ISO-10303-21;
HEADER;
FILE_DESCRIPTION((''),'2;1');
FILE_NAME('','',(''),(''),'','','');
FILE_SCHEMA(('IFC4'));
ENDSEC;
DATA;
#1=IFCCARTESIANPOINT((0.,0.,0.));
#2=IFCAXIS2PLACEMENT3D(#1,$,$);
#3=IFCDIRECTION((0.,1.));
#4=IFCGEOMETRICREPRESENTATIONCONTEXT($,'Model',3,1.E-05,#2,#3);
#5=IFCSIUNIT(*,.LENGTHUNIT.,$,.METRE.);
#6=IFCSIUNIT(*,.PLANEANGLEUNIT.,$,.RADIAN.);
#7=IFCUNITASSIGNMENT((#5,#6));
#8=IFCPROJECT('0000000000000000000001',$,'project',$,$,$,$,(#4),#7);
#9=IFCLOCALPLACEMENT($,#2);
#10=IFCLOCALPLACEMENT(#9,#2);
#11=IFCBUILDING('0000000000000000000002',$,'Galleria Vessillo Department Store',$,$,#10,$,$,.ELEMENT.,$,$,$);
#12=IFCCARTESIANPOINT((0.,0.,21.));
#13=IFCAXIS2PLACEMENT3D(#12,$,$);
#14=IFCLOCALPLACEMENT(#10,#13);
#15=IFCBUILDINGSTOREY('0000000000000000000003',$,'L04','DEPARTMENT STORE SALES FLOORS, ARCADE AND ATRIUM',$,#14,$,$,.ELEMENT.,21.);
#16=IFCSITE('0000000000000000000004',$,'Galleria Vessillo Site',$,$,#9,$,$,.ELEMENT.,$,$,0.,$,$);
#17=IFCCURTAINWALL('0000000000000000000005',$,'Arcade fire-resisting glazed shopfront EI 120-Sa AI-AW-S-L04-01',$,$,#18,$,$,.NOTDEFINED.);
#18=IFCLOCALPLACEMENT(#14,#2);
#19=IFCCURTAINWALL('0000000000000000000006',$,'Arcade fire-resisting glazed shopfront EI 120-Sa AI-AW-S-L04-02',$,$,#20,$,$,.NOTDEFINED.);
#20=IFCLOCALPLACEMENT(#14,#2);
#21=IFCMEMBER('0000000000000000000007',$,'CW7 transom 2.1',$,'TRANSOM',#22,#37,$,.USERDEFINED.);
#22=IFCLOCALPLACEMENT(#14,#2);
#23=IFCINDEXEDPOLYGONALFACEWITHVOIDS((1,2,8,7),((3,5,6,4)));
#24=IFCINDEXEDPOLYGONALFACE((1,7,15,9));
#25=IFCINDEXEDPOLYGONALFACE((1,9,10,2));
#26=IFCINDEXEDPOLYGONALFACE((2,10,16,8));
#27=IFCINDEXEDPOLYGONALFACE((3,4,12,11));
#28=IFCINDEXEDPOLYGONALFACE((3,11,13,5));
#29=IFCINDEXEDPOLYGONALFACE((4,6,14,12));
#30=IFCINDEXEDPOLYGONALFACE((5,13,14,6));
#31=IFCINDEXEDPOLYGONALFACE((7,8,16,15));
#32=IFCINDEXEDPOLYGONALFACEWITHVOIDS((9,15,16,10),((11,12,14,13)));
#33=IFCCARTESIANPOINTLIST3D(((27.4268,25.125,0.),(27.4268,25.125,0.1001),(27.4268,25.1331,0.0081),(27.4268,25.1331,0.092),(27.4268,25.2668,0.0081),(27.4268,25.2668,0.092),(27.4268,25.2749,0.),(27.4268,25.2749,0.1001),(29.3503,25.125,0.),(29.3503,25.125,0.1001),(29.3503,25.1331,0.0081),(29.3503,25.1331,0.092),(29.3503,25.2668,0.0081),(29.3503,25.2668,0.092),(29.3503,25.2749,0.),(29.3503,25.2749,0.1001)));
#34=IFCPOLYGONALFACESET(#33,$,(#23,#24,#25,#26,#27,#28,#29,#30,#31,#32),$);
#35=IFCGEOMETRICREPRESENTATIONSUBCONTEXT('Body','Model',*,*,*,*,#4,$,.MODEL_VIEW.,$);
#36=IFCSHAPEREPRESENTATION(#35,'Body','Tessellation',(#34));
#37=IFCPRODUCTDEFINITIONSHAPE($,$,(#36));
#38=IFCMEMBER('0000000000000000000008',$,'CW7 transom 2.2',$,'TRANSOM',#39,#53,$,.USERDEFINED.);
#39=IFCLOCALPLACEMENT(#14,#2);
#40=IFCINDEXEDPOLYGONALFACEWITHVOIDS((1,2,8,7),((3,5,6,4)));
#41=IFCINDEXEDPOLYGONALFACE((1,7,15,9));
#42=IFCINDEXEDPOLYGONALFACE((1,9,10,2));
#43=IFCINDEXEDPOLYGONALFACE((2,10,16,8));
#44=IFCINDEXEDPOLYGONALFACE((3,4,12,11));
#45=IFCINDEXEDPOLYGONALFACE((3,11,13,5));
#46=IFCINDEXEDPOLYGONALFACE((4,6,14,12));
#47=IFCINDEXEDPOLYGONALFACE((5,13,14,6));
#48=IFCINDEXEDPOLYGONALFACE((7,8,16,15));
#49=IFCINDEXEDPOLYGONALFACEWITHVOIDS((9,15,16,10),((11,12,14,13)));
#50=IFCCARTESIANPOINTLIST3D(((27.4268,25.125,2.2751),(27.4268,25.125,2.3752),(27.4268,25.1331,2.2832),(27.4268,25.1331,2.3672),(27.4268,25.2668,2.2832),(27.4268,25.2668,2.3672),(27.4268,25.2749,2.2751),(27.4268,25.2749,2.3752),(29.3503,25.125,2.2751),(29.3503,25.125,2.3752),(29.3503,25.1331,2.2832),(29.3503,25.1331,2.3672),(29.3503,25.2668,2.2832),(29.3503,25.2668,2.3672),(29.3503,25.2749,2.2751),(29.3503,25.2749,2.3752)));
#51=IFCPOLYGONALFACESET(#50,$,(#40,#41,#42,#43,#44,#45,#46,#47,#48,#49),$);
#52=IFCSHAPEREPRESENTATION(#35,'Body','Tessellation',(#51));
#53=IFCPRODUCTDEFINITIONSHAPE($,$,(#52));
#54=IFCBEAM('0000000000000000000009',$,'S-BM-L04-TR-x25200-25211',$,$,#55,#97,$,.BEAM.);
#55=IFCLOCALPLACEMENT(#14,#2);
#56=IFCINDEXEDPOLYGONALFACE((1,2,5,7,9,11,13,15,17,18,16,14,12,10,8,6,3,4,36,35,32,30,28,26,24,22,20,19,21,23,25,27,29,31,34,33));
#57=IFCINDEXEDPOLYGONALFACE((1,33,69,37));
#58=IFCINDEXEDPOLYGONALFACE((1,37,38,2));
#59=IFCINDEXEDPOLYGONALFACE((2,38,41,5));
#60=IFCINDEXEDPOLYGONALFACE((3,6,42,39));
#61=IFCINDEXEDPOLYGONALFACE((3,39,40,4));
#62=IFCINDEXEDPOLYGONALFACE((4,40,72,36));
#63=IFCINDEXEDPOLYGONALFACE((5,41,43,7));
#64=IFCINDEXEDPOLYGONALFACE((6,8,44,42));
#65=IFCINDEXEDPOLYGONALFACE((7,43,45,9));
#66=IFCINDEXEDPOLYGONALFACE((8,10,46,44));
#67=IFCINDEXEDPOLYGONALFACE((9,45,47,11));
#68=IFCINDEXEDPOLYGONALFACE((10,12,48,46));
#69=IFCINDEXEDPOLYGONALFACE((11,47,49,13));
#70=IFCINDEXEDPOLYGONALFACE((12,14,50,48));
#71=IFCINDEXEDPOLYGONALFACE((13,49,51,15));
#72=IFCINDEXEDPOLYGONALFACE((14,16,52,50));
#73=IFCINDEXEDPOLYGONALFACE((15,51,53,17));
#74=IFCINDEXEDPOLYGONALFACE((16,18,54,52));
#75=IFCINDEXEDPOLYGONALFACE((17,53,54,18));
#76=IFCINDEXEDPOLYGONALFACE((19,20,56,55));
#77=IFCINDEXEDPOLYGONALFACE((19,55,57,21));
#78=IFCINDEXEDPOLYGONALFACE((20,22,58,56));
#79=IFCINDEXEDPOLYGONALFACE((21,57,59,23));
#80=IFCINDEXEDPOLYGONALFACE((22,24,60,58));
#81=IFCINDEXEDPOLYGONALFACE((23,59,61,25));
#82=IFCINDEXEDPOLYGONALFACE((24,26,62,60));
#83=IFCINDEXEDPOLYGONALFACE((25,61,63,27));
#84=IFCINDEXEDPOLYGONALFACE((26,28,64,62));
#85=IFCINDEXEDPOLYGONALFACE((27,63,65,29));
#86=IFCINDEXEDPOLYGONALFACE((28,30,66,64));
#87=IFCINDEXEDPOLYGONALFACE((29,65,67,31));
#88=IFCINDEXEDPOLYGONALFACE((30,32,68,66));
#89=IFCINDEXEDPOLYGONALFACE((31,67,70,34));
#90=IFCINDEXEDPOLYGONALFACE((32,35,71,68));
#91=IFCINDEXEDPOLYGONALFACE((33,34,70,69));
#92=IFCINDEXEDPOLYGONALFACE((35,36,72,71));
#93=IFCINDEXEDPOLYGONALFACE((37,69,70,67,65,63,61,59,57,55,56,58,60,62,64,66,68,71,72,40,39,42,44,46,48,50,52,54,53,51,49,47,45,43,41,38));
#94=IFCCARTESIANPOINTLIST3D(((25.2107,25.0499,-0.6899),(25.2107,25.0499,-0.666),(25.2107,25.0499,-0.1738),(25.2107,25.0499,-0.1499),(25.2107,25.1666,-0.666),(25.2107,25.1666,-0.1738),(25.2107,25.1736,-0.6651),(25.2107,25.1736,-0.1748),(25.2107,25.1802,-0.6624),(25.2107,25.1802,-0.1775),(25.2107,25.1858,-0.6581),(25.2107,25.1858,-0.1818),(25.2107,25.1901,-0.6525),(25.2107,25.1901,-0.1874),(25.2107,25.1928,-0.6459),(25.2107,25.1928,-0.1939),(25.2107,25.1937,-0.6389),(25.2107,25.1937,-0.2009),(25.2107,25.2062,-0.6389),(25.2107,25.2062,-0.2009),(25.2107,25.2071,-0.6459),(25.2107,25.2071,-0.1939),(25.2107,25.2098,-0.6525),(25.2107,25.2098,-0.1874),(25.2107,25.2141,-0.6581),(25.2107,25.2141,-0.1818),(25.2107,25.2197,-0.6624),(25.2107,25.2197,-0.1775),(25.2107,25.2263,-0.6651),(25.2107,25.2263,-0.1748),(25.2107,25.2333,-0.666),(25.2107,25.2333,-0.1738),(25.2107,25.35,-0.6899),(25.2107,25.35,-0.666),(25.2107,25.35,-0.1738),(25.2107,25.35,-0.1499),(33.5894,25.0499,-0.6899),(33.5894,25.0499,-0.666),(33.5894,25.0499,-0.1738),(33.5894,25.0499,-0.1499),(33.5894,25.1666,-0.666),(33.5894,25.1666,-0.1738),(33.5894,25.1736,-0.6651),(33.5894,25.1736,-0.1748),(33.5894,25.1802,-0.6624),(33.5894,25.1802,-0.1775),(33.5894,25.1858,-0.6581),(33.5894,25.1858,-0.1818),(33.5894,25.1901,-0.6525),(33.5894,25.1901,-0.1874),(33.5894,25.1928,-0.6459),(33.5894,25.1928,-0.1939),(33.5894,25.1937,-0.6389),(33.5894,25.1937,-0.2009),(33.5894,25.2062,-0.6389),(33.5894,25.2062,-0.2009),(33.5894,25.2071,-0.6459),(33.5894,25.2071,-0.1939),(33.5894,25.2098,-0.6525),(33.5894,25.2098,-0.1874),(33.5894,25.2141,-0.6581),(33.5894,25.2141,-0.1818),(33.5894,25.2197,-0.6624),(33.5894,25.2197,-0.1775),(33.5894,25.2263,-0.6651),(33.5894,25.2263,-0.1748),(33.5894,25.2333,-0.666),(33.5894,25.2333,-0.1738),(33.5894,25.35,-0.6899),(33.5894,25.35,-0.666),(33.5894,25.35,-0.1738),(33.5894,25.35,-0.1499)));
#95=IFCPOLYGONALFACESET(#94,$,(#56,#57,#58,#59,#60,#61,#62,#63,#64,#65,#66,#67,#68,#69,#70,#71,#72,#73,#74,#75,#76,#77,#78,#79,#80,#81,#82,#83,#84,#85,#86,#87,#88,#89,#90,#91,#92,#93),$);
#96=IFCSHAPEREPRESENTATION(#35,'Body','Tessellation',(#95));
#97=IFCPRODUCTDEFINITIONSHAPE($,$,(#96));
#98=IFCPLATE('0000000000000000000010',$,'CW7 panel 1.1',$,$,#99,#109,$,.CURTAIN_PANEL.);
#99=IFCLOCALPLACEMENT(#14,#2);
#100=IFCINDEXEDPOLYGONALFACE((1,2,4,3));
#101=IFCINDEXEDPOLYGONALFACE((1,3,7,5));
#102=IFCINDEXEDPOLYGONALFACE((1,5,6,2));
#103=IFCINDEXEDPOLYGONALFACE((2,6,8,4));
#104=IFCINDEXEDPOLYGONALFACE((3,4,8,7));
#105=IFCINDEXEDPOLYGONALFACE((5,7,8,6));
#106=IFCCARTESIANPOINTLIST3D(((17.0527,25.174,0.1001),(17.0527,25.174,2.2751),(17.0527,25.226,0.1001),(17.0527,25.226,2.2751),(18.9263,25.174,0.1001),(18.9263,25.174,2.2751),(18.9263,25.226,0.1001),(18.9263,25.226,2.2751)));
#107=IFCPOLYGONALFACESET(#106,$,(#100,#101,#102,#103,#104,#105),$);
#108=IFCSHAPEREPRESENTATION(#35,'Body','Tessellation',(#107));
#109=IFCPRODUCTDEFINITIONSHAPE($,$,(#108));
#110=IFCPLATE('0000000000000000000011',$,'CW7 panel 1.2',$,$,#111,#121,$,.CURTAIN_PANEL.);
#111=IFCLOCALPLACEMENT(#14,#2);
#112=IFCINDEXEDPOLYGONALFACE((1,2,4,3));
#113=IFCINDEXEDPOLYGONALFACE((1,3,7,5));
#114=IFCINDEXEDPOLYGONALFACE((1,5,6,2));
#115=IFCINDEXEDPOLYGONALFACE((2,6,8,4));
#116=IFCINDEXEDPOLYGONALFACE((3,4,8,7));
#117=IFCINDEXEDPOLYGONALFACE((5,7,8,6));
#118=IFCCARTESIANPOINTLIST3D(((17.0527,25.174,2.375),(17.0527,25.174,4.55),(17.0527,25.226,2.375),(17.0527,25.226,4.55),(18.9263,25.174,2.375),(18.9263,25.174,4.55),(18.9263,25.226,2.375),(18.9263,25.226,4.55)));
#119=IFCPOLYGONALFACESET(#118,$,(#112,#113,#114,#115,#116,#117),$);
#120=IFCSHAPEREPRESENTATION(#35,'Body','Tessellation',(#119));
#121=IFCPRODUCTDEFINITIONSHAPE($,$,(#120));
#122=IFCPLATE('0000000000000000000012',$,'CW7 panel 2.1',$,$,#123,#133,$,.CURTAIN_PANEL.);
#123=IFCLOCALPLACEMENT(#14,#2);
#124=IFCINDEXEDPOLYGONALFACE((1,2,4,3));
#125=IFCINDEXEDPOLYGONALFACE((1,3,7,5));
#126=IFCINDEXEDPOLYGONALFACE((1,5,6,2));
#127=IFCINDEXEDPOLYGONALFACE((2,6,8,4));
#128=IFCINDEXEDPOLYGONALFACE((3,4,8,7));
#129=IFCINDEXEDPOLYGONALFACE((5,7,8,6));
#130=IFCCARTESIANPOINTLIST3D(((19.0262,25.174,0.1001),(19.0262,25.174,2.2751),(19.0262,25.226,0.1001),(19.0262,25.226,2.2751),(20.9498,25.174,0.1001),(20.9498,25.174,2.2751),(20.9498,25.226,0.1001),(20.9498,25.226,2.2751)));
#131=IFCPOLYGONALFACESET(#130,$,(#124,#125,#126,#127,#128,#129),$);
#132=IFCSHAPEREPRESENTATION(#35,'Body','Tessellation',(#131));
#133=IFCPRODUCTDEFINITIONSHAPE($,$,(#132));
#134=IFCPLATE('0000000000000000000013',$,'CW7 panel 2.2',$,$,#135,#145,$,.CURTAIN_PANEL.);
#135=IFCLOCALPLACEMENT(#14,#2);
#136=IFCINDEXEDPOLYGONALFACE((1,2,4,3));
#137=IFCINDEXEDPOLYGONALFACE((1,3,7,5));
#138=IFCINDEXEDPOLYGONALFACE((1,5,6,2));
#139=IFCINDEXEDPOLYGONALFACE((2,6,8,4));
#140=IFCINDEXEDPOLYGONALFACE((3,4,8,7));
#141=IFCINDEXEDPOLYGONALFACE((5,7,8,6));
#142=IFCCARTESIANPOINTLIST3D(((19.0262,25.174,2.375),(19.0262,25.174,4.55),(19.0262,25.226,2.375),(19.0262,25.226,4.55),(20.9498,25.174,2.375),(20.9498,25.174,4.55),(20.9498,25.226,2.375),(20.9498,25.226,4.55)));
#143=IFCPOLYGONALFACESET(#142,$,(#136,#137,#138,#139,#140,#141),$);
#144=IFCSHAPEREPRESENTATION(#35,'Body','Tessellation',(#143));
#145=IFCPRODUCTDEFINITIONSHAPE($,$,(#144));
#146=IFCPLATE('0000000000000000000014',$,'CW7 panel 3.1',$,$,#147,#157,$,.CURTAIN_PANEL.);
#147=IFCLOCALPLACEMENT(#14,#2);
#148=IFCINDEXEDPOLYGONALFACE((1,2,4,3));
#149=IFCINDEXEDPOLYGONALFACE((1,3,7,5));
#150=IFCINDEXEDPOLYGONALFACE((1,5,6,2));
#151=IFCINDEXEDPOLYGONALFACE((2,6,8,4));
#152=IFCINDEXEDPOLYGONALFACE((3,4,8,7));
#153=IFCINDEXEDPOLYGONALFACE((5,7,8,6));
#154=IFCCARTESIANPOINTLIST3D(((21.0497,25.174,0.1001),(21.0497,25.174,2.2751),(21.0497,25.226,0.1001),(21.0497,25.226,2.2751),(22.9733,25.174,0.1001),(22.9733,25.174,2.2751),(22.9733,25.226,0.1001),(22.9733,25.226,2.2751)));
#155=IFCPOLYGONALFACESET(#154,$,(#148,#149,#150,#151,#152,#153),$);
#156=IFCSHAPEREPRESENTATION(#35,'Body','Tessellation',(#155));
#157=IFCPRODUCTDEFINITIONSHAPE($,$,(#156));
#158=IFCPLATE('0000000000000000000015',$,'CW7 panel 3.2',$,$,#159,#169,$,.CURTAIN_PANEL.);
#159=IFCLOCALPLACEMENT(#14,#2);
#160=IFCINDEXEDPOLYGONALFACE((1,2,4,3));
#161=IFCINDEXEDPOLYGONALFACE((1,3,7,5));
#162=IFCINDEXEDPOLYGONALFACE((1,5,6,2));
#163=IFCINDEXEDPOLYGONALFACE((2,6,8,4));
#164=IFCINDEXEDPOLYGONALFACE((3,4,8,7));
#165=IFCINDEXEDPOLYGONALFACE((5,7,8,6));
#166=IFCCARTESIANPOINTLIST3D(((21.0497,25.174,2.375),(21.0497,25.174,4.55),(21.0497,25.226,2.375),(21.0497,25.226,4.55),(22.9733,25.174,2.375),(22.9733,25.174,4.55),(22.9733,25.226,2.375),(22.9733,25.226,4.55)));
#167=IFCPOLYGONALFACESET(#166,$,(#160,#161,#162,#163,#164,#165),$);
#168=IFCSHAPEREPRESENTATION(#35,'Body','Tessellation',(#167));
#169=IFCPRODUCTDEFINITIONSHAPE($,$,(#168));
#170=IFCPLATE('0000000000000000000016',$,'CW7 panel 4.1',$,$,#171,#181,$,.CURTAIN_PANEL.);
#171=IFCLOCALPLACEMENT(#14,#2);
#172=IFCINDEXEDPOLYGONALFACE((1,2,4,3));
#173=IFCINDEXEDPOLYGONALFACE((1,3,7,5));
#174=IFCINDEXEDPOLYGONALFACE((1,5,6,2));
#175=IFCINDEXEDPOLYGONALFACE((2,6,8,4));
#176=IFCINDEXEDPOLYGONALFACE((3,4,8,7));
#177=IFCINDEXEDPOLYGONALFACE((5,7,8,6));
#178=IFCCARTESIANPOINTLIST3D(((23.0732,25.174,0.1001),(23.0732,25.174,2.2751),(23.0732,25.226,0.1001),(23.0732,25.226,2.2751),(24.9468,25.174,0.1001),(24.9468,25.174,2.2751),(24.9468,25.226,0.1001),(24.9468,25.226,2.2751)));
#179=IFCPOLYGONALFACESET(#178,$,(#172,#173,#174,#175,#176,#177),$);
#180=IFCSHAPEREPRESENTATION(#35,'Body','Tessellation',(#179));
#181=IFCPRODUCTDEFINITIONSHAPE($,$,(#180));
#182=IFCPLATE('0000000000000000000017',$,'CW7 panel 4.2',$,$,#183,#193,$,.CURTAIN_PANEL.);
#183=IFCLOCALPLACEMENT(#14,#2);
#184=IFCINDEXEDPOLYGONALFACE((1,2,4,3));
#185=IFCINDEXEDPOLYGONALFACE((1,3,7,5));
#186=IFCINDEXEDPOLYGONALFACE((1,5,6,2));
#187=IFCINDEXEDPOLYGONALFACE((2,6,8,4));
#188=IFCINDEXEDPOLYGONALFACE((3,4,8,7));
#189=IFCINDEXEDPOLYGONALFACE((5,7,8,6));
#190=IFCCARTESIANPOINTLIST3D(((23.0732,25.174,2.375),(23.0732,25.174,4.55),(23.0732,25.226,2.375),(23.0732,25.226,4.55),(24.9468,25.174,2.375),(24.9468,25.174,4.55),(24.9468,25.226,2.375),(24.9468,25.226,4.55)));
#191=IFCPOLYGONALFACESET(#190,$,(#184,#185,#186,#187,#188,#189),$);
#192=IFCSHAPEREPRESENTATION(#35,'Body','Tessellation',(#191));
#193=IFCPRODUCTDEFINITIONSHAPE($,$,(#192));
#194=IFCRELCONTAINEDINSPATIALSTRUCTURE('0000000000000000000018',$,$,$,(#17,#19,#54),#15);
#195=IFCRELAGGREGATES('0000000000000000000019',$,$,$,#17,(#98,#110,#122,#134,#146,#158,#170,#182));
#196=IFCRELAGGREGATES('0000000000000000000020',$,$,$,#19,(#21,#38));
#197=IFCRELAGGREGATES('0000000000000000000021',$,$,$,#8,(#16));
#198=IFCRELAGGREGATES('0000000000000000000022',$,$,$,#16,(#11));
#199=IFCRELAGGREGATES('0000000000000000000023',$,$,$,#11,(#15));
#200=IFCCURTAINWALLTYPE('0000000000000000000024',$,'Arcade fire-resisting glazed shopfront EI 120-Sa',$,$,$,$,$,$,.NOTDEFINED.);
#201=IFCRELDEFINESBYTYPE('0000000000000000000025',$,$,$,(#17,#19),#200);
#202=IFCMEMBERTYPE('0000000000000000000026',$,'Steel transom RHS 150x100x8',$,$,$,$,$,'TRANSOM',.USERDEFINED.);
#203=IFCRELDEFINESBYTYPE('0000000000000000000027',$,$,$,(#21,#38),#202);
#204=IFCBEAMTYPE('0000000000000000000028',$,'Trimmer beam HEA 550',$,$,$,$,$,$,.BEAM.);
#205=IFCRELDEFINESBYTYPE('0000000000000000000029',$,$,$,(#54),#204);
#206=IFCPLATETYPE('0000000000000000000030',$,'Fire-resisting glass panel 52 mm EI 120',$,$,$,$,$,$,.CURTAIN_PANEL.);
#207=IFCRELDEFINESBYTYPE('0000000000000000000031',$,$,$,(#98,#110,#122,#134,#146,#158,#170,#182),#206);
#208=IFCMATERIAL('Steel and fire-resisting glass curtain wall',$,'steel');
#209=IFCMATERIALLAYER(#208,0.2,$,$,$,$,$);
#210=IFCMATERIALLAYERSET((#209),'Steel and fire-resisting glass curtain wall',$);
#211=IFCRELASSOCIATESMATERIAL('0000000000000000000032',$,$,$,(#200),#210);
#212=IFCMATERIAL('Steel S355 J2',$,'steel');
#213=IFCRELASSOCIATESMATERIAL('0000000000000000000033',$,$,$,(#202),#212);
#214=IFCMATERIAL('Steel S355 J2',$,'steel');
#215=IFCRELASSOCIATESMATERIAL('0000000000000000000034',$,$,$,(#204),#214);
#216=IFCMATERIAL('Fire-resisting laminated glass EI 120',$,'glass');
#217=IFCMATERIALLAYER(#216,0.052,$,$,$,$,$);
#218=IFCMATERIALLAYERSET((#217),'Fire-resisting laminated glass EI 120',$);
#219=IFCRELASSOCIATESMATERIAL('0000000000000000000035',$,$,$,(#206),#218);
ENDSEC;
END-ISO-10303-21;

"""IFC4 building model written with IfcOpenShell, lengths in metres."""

from ifc_helpers import new_model, si_unit, direction, frame, origin, origin_2d, place, context, subcontext, project, spatial, rectangle, hollow_rectangle, i_section, extrude, material, layer, layer_set, material_profile, profile_set, type_object, element, aggregate, save


model = new_model("IFC4")

# Units and contexts
model_context = context("Model", 3, precision=1e-05, world=origin(), true_north=direction((0.0, 1.0)))
body_context = subcontext(model_context, "Body", "Model", "MODEL_VIEW")
ifc_project = project(units=[si_unit("LENGTHUNIT", "METRE"), si_unit("PLANEANGLEUNIT", "RADIAN")], contexts=[model_context])

# Site, building, storey
site_placement = place(None, origin())
site = spatial("IfcSite", under=ifc_project, at=site_placement, Name="Galleria Vessillo Site", CompositionType="ELEMENT", RefElevation=0.0)
building_placement = place(site_placement, origin())
building = spatial("IfcBuilding", under=site, at=building_placement, Name="Galleria Vessillo Department Store", CompositionType="ELEMENT")
storey_placement = place(building_placement, frame((0.0, 0.0, 21.0)))
storey = spatial("IfcBuildingStorey", under=building, at=storey_placement, Name="L04", Description="DEPARTMENT STORE SALES FLOORS, ARCADE AND ATRIUM", CompositionType="ELEMENT", Elevation=21.0)

# Curtain walls
ifc_material_1 = material(Name="Steel and fire-resisting glass curtain wall", Category="steel")
ifc_layer_1 = layer(ifc_material_1, 0.2)
ifc_layer_set_1 = layer_set([ifc_layer_1], Name="Steel and fire-resisting glass curtain wall")
curtain_wall_type = type_object("IfcCurtainWallType", Name="Arcade fire-resisting glazed shopfront EI 120-Sa", PredefinedType="NOTDEFINED", material=ifc_layer_set_1)
curtain_wall_1_placement = place(storey_placement, origin())
curtain_wall_1 = element("IfcCurtainWall", 1, at=curtain_wall_1_placement, inside=storey, type_object=curtain_wall_type, Name="Arcade fire-resisting glazed shopfront EI 120-Sa AI-AW-S-L04-01", PredefinedType="NOTDEFINED")
curtain_wall_2_placement = place(storey_placement, origin())
curtain_wall_2 = element("IfcCurtainWall", 2, at=curtain_wall_2_placement, inside=storey, type_object=curtain_wall_type, Name="Arcade fire-resisting glazed shopfront EI 120-Sa AI-AW-S-L04-02", PredefinedType="NOTDEFINED")

# Members
ifc_material_2 = material(Name="Steel S355 J2", Category="steel")
ifc_material_profile_1 = material_profile(ifc_material_2, hollow_rectangle(XDim=0.1499, YDim=0.1001, WallThickness=0.0081, at=origin_2d()), Name="RHS 150x100x8")
ifc_profile_set_1 = profile_set([ifc_material_profile_1], Name="Steel S355 J2")
member_type_1 = type_object("IfcMemberType", Name="Steel transom RHS 150x100x8", ElementType="TRANSOM", PredefinedType="USERDEFINED", material=ifc_profile_set_1)
member_1_placement = place(storey_placement, frame((27.4268, 25.2, 0.05), z_axis=(1.0, 0.0, 0.0), x_axis=(0.0, 1.0, 0.0)))
member_1 = element("IfcMember", 3, at=member_1_placement, type_object=member_type_1, Name="CW7 transom 2.1", ObjectType="TRANSOM", PredefinedType="USERDEFINED", context=body_context, shape_type="SweptSolid", body=[
    extrude(hollow_rectangle(XDim=0.1499, YDim=0.1001, WallThickness=0.0081, at=origin_2d()), origin(), (0.0, 0.0, 1.0), 1.9236),
])
member_2_placement = place(storey_placement, frame((27.4268, 25.2, 2.3252), z_axis=(1.0, 0.0, 0.0), x_axis=(0.0, 1.0, 0.0)))
member_2 = element("IfcMember", 4, at=member_2_placement, type_object=member_type_1, Name="CW7 transom 2.2", ObjectType="TRANSOM", PredefinedType="USERDEFINED", context=body_context, shape_type="SweptSolid", body=[
    extrude(hollow_rectangle(XDim=0.1499, YDim=0.1001, WallThickness=0.0081, at=origin_2d()), origin(), (0.0, 0.0, 1.0), 1.9236),
])

# Beam
ifc_material_3 = material(Name="Steel S355 J2", Category="steel")
ifc_material_profile_2 = material_profile(ifc_material_3, i_section(OverallWidth=0.3, OverallDepth=0.54, WebThickness=0.0125, FlangeThickness=0.0239, FilletRadius=0.0271, at=origin_2d()), Name="HEA 550")
ifc_profile_set_2 = profile_set([ifc_material_profile_2], Name="Steel S355 J2")
beam_type = type_object("IfcBeamType", Name="Trimmer beam HEA 550", PredefinedType="BEAM", material=ifc_profile_set_2)
beam_placement = place(storey_placement, frame((25.2107, 25.2, -0.4199), z_axis=(1.0, 0.0, 0.0), x_axis=(0.0, 1.0, 0.0)))
element("IfcBeam", 5, at=beam_placement, inside=storey, type_object=beam_type, Name="S-BM-L04-TR-x25200-25211", PredefinedType="BEAM", context=body_context, shape_type="SweptSolid", body=[
    extrude(i_section(OverallWidth=0.3, OverallDepth=0.54, WebThickness=0.0125, FlangeThickness=0.0239, FilletRadius=0.0271, at=origin_2d()), origin(), (0.0, 0.0, 1.0), 8.3787),
])

# Plates
ifc_material_4 = material(Name="Fire-resisting laminated glass EI 120", Category="glass")
ifc_layer_2 = layer(ifc_material_4, 0.052)
ifc_layer_set_2 = layer_set([ifc_layer_2], Name="Fire-resisting laminated glass EI 120")
plate_type = type_object("IfcPlateType", Name="Fire-resisting glass panel 52 mm EI 120", PredefinedType="CURTAIN_PANEL", material=ifc_layer_set_2)
plate_1_placement = place(storey_placement, frame((17.9895, 25.2, 0.1001), z_axis=(0.0, 0.0, 1.0), x_axis=(1.0, 0.0, 0.0)))
plate_1 = element("IfcPlate", 6, at=plate_1_placement, type_object=plate_type, Name="CW7 panel 1.1", PredefinedType="CURTAIN_PANEL", context=body_context, shape_type="SweptSolid", body=[
    extrude(rectangle(XDim=1.8735, YDim=0.052, at=origin_2d()), origin(), (0.0, 0.0, 1.0), 2.175),
])
plate_2_placement = place(storey_placement, frame((17.9895, 25.2, 2.375), z_axis=(0.0, 0.0, 1.0), x_axis=(1.0, 0.0, 0.0)))
plate_2 = element("IfcPlate", 7, at=plate_2_placement, type_object=plate_type, Name="CW7 panel 1.2", PredefinedType="CURTAIN_PANEL", context=body_context, shape_type="SweptSolid", body=[
    extrude(rectangle(XDim=1.8735, YDim=0.052, at=origin_2d()), origin(), (0.0, 0.0, 1.0), 2.175),
])
plate_3_placement = place(storey_placement, frame((19.988, 25.2, 0.1001), z_axis=(0.0, 0.0, 1.0), x_axis=(1.0, 0.0, 0.0)))
plate_3 = element("IfcPlate", 8, at=plate_3_placement, type_object=plate_type, Name="CW7 panel 2.1", PredefinedType="CURTAIN_PANEL", context=body_context, shape_type="SweptSolid", body=[
    extrude(rectangle(XDim=1.9236, YDim=0.052, at=origin_2d()), origin(), (0.0, 0.0, 1.0), 2.175),
])
plate_4_placement = place(storey_placement, frame((19.988, 25.2, 2.375), z_axis=(0.0, 0.0, 1.0), x_axis=(1.0, 0.0, 0.0)))
plate_4 = element("IfcPlate", 9, at=plate_4_placement, type_object=plate_type, Name="CW7 panel 2.2", PredefinedType="CURTAIN_PANEL", context=body_context, shape_type="SweptSolid", body=[
    extrude(rectangle(XDim=1.9236, YDim=0.052, at=origin_2d()), origin(), (0.0, 0.0, 1.0), 2.175),
])
plate_5_placement = place(storey_placement, frame((22.0115, 25.2, 0.1001), z_axis=(0.0, 0.0, 1.0), x_axis=(1.0, 0.0, 0.0)))
plate_5 = element("IfcPlate", 10, at=plate_5_placement, type_object=plate_type, Name="CW7 panel 3.1", PredefinedType="CURTAIN_PANEL", context=body_context, shape_type="SweptSolid", body=[
    extrude(rectangle(XDim=1.9236, YDim=0.052, at=origin_2d()), origin(), (0.0, 0.0, 1.0), 2.175),
])
plate_6_placement = place(storey_placement, frame((22.0115, 25.2, 2.375), z_axis=(0.0, 0.0, 1.0), x_axis=(1.0, 0.0, 0.0)))
plate_6 = element("IfcPlate", 11, at=plate_6_placement, type_object=plate_type, Name="CW7 panel 3.2", PredefinedType="CURTAIN_PANEL", context=body_context, shape_type="SweptSolid", body=[
    extrude(rectangle(XDim=1.9236, YDim=0.052, at=origin_2d()), origin(), (0.0, 0.0, 1.0), 2.175),
])
plate_7_placement = place(storey_placement, frame((24.01, 25.2, 0.1001), z_axis=(0.0, 0.0, 1.0), x_axis=(1.0, 0.0, 0.0)))
plate_7 = element("IfcPlate", 12, at=plate_7_placement, type_object=plate_type, Name="CW7 panel 4.1", PredefinedType="CURTAIN_PANEL", context=body_context, shape_type="SweptSolid", body=[
    extrude(rectangle(XDim=1.8735, YDim=0.052, at=origin_2d()), origin(), (0.0, 0.0, 1.0), 2.175),
])
plate_8_placement = place(storey_placement, frame((24.01, 25.2, 2.375), z_axis=(0.0, 0.0, 1.0), x_axis=(1.0, 0.0, 0.0)))
plate_8 = element("IfcPlate", 13, at=plate_8_placement, type_object=plate_type, Name="CW7 panel 4.2", PredefinedType="CURTAIN_PANEL", context=body_context, shape_type="SweptSolid", body=[
    extrude(rectangle(XDim=1.8735, YDim=0.052, at=origin_2d()), origin(), (0.0, 0.0, 1.0), 2.175),
])
aggregate(curtain_wall_1, [plate_1, plate_2, plate_3, plate_4, plate_5, plate_6, plate_7, plate_8])
aggregate(curtain_wall_2, [member_1, member_2])

save(model, "model.ifc")
